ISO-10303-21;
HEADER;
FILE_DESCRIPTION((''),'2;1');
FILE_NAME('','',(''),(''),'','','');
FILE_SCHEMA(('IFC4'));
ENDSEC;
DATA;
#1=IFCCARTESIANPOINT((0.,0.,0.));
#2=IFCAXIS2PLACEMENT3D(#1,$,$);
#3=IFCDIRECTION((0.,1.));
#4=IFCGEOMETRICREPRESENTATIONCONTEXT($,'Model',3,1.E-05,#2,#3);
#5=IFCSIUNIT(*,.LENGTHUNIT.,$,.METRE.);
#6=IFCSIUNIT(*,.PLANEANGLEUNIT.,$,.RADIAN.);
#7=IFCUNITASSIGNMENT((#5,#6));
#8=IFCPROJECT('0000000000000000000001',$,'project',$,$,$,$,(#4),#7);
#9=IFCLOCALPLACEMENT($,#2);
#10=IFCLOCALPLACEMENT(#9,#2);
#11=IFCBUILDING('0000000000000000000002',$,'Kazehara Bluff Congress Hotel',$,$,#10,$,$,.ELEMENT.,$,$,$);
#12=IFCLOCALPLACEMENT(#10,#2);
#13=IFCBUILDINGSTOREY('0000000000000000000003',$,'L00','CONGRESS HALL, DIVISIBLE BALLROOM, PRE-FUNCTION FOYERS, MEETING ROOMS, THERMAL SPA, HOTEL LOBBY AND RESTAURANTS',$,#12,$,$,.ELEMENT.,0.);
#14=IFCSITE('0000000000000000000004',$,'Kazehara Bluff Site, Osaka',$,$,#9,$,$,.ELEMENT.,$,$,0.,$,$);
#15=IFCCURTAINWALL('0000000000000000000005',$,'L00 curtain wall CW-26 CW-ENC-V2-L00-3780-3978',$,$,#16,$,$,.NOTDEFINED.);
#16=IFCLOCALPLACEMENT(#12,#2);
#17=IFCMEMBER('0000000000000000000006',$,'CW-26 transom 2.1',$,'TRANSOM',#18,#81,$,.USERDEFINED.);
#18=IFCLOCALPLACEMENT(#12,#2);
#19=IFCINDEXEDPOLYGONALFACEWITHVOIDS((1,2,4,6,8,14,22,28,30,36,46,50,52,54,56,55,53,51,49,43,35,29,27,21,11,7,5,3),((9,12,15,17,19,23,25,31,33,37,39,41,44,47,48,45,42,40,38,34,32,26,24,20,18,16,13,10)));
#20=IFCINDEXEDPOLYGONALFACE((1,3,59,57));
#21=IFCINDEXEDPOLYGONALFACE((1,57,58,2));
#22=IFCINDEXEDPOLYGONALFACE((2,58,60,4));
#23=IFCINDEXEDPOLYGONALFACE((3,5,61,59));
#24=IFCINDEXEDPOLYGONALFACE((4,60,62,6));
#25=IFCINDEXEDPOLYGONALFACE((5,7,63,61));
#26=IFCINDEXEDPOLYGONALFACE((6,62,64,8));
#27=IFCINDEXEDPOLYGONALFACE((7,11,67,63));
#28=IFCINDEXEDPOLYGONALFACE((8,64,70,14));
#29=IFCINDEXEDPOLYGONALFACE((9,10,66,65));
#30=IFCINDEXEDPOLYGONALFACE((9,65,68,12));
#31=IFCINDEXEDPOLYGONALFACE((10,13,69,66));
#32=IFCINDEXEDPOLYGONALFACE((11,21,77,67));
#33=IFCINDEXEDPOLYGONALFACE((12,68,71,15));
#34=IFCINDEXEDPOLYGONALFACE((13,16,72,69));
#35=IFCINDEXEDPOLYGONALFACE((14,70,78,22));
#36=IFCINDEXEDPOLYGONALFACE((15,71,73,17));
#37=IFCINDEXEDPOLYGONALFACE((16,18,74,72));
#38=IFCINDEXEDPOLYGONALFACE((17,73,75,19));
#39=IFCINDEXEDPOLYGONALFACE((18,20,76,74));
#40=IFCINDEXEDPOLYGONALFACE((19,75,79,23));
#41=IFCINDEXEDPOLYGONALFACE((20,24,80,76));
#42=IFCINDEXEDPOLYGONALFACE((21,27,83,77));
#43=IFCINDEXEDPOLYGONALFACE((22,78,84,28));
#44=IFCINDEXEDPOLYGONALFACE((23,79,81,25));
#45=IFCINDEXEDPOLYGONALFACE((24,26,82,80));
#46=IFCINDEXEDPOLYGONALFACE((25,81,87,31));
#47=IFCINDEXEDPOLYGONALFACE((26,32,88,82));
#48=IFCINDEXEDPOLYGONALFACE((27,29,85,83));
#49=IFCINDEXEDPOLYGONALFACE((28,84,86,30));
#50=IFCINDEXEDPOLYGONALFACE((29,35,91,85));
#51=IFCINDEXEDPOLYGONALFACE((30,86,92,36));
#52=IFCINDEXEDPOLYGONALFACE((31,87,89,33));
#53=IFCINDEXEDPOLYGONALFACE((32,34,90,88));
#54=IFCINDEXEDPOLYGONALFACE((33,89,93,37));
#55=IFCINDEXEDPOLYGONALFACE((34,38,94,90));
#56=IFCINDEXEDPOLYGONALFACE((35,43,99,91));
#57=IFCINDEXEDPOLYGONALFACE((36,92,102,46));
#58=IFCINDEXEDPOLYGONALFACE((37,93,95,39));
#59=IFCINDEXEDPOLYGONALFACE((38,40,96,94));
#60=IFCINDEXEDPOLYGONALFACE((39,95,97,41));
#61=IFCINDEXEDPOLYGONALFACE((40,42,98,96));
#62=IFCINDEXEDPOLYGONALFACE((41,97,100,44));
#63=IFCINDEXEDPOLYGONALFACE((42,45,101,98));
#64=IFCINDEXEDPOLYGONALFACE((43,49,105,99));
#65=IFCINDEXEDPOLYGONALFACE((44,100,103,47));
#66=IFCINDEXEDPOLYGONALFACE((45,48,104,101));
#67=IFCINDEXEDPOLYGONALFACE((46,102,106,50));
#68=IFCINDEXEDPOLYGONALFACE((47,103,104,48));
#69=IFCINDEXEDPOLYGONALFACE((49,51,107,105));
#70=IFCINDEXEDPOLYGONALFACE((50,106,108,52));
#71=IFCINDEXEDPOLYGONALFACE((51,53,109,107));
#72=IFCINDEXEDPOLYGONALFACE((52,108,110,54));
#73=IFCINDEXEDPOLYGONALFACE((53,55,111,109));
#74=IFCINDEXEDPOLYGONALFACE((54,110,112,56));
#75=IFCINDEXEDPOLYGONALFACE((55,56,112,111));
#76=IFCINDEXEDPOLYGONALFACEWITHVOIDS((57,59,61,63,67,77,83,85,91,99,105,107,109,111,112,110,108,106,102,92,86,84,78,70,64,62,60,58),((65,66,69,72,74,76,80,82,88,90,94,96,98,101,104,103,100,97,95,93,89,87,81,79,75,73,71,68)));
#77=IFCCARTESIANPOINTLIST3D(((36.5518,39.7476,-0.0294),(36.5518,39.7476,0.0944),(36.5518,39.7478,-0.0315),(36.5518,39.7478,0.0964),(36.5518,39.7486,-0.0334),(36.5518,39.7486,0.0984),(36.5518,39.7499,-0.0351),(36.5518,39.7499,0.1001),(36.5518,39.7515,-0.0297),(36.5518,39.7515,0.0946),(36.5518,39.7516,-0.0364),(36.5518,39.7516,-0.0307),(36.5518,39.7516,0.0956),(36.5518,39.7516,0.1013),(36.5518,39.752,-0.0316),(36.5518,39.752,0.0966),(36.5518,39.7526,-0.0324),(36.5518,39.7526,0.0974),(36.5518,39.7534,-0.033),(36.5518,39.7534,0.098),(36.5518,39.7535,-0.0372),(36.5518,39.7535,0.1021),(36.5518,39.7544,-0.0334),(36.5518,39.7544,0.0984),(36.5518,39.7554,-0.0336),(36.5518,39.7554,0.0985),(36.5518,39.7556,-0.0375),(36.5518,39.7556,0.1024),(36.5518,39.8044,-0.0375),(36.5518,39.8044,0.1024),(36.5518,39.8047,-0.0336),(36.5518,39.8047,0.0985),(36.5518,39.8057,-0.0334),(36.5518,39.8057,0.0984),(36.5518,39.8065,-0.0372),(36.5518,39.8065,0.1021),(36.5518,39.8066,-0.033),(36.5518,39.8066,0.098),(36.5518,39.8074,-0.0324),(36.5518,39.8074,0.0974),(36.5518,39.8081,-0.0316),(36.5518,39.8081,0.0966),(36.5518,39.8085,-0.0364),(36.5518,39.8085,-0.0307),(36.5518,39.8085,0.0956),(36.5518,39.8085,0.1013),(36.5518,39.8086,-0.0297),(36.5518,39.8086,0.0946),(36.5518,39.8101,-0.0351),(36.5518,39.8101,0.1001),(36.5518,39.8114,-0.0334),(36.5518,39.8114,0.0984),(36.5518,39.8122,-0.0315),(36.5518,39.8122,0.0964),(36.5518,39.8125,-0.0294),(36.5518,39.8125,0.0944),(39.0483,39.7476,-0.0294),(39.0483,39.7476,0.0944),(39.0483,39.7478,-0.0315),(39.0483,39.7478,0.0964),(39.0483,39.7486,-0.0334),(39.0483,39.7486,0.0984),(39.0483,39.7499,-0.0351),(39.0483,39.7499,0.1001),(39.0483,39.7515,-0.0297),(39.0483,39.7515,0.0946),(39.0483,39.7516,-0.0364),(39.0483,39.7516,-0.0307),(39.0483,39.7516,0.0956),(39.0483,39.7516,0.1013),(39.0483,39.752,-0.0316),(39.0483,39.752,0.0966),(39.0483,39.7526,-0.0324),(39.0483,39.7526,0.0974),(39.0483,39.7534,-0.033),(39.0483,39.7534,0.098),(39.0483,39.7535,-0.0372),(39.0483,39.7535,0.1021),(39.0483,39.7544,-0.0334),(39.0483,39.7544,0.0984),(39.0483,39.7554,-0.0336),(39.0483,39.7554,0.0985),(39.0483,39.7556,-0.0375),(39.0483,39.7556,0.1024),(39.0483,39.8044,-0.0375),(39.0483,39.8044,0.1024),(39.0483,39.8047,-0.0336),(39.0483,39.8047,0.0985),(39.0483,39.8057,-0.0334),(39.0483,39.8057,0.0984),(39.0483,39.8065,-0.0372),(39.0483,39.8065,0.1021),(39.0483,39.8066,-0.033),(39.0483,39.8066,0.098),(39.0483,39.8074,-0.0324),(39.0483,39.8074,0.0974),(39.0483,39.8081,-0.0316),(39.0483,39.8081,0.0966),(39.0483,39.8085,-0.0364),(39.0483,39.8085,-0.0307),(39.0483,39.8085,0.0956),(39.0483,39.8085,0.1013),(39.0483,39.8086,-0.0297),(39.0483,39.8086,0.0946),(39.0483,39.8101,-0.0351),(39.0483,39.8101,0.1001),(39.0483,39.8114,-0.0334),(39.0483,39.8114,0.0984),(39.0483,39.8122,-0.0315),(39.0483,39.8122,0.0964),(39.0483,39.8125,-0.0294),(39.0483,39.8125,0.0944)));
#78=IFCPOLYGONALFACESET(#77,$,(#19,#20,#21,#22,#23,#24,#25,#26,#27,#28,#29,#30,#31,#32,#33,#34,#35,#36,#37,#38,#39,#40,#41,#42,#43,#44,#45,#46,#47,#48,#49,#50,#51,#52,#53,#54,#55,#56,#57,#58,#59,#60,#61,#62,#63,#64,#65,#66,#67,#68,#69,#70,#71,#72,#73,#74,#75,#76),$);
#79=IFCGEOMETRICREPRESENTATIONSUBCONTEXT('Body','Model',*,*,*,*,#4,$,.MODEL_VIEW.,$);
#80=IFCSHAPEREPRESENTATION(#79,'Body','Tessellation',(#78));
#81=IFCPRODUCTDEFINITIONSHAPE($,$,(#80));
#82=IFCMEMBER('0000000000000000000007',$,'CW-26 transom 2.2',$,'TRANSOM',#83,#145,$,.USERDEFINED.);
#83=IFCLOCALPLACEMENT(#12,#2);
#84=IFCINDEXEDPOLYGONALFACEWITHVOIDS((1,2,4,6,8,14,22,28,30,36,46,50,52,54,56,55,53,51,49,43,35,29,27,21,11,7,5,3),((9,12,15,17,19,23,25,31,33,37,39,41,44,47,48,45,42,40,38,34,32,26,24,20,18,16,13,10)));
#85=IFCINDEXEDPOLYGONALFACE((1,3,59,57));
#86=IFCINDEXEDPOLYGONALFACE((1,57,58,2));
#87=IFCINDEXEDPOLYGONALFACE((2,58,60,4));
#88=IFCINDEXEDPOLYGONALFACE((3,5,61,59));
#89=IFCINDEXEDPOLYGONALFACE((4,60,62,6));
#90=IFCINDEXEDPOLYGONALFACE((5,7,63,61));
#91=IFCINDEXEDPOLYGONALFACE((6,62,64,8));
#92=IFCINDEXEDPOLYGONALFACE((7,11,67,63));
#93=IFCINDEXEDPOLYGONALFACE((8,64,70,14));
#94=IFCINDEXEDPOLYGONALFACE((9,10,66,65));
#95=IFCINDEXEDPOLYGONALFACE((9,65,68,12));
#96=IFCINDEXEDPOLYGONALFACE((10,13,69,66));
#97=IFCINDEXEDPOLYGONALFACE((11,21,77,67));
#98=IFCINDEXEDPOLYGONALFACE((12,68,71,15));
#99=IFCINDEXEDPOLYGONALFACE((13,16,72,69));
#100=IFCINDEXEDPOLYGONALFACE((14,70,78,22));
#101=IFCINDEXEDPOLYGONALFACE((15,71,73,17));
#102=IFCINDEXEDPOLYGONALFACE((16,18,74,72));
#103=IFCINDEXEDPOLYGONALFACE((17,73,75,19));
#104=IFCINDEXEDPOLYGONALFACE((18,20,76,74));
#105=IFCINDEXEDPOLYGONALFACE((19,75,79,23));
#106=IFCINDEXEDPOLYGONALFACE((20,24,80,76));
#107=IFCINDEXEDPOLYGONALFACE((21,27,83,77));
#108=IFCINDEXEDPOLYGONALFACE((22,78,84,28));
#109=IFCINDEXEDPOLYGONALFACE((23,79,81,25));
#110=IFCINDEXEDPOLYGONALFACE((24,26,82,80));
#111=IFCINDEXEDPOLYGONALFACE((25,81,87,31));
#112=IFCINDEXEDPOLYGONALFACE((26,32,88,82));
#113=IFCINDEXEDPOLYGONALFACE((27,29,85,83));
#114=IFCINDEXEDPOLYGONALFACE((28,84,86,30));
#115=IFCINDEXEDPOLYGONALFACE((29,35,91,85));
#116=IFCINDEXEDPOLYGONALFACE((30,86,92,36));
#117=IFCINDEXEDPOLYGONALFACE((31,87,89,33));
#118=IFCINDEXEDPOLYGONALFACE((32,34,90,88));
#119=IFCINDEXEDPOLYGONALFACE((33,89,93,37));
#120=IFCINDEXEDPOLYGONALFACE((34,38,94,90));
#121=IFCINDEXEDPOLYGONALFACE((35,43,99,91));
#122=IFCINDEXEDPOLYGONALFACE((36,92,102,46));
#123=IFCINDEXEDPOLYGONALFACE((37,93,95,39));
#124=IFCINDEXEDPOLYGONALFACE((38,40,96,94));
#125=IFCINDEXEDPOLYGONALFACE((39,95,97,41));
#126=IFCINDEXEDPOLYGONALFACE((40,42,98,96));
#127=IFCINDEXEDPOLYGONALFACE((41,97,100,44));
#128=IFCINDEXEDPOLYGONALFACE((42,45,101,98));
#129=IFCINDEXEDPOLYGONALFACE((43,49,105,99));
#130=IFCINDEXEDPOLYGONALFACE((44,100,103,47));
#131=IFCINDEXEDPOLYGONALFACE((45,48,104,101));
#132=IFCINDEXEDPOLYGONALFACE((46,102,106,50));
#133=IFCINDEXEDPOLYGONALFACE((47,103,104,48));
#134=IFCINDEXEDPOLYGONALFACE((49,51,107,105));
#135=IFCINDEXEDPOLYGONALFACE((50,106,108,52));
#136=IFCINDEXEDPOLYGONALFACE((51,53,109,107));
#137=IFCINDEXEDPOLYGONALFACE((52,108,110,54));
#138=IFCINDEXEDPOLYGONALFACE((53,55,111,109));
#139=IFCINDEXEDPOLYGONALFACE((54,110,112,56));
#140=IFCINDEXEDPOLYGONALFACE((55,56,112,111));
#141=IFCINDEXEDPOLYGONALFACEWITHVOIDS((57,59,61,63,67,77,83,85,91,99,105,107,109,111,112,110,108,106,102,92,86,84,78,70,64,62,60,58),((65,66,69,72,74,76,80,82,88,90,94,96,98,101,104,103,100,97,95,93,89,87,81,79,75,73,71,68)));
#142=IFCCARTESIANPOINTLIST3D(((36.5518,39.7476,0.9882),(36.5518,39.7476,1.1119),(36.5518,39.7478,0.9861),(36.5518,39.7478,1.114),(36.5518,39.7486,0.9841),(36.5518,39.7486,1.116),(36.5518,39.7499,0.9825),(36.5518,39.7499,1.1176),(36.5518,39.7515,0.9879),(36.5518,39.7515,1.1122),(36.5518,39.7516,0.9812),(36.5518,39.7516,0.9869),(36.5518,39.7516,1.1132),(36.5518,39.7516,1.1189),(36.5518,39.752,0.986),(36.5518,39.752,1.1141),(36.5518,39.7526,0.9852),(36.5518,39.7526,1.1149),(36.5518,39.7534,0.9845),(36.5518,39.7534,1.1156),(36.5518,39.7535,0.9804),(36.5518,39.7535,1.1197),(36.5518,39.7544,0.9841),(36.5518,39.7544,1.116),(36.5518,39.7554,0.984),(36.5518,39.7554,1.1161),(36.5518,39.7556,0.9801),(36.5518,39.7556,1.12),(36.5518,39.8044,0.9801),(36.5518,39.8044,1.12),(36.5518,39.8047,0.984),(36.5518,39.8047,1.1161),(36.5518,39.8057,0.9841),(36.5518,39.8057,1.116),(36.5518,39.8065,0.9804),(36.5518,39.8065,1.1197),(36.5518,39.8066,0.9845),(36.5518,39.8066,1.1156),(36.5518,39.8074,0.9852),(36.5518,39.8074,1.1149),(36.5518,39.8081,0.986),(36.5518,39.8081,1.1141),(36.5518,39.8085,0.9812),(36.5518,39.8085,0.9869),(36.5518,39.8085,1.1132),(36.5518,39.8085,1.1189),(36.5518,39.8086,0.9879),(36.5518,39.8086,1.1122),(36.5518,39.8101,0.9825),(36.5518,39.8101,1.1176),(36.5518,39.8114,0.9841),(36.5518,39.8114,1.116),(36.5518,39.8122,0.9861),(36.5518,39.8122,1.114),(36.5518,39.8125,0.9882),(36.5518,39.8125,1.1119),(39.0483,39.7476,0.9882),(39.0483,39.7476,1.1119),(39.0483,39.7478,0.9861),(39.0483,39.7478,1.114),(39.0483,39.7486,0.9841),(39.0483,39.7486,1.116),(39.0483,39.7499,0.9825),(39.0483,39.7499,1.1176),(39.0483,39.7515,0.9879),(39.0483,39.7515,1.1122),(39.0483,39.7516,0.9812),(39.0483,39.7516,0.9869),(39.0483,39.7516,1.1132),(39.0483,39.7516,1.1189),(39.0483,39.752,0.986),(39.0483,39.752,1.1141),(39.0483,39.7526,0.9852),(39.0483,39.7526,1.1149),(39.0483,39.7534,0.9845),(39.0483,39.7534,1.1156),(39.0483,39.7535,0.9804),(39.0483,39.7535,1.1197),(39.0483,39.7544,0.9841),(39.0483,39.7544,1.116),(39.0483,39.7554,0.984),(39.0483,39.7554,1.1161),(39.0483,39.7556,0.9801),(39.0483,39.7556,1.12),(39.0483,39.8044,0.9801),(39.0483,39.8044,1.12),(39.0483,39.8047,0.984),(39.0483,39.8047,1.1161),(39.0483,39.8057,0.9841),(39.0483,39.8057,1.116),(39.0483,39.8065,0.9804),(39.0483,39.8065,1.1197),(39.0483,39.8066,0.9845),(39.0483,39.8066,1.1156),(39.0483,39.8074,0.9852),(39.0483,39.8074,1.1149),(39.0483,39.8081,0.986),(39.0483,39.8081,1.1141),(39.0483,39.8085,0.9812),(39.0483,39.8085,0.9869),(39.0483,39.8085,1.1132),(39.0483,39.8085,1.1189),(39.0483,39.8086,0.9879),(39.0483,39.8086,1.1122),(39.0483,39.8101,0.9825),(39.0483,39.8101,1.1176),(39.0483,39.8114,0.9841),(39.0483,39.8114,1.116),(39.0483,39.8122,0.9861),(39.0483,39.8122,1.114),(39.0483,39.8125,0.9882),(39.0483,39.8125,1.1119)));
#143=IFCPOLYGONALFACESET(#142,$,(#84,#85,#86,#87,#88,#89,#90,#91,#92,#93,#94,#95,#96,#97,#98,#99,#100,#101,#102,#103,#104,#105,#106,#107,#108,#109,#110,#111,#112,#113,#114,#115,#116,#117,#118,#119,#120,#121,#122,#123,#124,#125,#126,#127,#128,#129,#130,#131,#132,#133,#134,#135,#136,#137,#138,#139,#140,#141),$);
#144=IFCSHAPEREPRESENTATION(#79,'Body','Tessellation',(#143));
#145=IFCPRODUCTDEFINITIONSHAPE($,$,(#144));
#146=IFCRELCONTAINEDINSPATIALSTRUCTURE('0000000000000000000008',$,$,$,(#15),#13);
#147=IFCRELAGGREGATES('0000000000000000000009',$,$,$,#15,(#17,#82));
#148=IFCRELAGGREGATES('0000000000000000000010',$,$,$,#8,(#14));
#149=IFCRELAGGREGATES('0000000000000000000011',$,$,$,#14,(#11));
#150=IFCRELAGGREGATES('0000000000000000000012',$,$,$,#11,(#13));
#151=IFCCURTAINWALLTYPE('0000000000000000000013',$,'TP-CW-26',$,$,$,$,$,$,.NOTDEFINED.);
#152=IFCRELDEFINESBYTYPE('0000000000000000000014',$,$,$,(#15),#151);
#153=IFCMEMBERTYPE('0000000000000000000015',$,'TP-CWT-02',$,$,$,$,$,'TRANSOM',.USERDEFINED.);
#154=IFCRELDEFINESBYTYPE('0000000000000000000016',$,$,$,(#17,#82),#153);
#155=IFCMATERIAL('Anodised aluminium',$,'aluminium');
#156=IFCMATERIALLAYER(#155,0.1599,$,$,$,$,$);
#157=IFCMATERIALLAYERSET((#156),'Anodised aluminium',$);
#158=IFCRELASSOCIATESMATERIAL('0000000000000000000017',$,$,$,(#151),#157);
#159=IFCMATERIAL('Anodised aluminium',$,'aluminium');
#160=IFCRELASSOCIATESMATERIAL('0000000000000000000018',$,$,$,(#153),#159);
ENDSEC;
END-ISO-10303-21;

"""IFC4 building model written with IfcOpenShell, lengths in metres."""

from ifc_helpers import new_model, si_unit, direction, frame, origin, origin_2d, place, context, subcontext, project, spatial, hollow_rectangle, extrude, material, layer, layer_set, material_profile, profile_set, type_object, element, aggregate, save


model = new_model("IFC4")

# Units and contexts
model_context = context("Model", 3, precision=1e-05, world=origin(), true_north=direction((0.0, 1.0)))
body_context = subcontext(model_context, "Body", "Model", "MODEL_VIEW")
ifc_project = project(units=[si_unit("LENGTHUNIT", "METRE"), si_unit("PLANEANGLEUNIT", "RADIAN")], contexts=[model_context])

# Site, building, storey
site_placement = place(None, origin())
site = spatial("IfcSite", under=ifc_project, at=site_placement, Name="Kazehara Bluff Site, Osaka", CompositionType="ELEMENT", RefElevation=0.0)
building_placement = place(site_placement, origin())
building = spatial("IfcBuilding", under=site, at=building_placement, Name="Kazehara Bluff Congress Hotel", CompositionType="ELEMENT")
storey_placement = place(building_placement, origin())
storey = spatial("IfcBuildingStorey", under=building, at=storey_placement, Name="L00", Description="CONGRESS HALL, DIVISIBLE BALLROOM, PRE-FUNCTION FOYERS, MEETING ROOMS, THERMAL SPA, HOTEL LOBBY AND RESTAURANTS", CompositionType="ELEMENT", Elevation=0.0)

# Shared definitions
ifc_material_1 = material(Name="Anodised aluminium", Category="aluminium")
ifc_layer_1 = layer(ifc_material_1, 0.1599)
ifc_layer_set_1 = layer_set([ifc_layer_1], Name="Anodised aluminium")
curtain_wall_type = type_object("IfcCurtainWallType", Name="TP-CW-26", PredefinedType="NOTDEFINED", material=ifc_layer_set_1)

# Curtain wall, members
curtain_wall_1_placement = place(storey_placement, origin())
curtain_wall_1 = element("IfcCurtainWall", 1, at=curtain_wall_1_placement, inside=storey, type_object=curtain_wall_type, Name="L00 curtain wall CW-26 CW-ENC-V2-L00-3780-3978", PredefinedType="NOTDEFINED")
ifc_material_2 = material(Name="Anodised aluminium", Category="aluminium")
ifc_material_profile_1 = material_profile(ifc_material_2, hollow_rectangle(XDim=0.0649, YDim=0.1399, WallThickness=0.0039, InnerFilletRadius=0.0039, OuterFilletRadius=0.0081, at=origin_2d()))
ifc_profile_set_1 = profile_set([ifc_material_profile_1], Name="Anodised aluminium")
member_type_1 = type_object("IfcMemberType", Name="TP-CWT-02", ElementType="TRANSOM", PredefinedType="USERDEFINED", material=ifc_profile_set_1)
member_1_placement = place(storey_placement, frame((36.5518, 39.78, 0.0325), z_axis=(1.0, 0.0, 0.0), x_axis=(0.0, 1.0, 0.0)))
member_1 = element("IfcMember", 2, at=member_1_placement, type_object=member_type_1, Name="CW-26 transom 2.1", ObjectType="TRANSOM", PredefinedType="USERDEFINED", context=body_context, shape_type="SweptSolid", body=[
    extrude(hollow_rectangle(XDim=0.0649, YDim=0.1399, WallThickness=0.0039, InnerFilletRadius=0.0039, OuterFilletRadius=0.0081, at=origin_2d()), origin(), (0.0, 0.0, 1.0), 2.4966),
])
member_2_placement = place(storey_placement, frame((36.5518, 39.78, 1.05), z_axis=(1.0, 0.0, 0.0), x_axis=(0.0, 1.0, 0.0)))
member_2 = element("IfcMember", 3, at=member_2_placement, type_object=member_type_1, Name="CW-26 transom 2.2", ObjectType="TRANSOM", PredefinedType="USERDEFINED", context=body_context, shape_type="SweptSolid", body=[
    extrude(hollow_rectangle(XDim=0.0649, YDim=0.1399, WallThickness=0.0039, InnerFilletRadius=0.0039, OuterFilletRadius=0.0081, at=origin_2d()), origin(), (0.0, 0.0, 1.0), 2.4966),
])

aggregate(curtain_wall_1, [member_1, member_2])

save(model, "model.ifc")
